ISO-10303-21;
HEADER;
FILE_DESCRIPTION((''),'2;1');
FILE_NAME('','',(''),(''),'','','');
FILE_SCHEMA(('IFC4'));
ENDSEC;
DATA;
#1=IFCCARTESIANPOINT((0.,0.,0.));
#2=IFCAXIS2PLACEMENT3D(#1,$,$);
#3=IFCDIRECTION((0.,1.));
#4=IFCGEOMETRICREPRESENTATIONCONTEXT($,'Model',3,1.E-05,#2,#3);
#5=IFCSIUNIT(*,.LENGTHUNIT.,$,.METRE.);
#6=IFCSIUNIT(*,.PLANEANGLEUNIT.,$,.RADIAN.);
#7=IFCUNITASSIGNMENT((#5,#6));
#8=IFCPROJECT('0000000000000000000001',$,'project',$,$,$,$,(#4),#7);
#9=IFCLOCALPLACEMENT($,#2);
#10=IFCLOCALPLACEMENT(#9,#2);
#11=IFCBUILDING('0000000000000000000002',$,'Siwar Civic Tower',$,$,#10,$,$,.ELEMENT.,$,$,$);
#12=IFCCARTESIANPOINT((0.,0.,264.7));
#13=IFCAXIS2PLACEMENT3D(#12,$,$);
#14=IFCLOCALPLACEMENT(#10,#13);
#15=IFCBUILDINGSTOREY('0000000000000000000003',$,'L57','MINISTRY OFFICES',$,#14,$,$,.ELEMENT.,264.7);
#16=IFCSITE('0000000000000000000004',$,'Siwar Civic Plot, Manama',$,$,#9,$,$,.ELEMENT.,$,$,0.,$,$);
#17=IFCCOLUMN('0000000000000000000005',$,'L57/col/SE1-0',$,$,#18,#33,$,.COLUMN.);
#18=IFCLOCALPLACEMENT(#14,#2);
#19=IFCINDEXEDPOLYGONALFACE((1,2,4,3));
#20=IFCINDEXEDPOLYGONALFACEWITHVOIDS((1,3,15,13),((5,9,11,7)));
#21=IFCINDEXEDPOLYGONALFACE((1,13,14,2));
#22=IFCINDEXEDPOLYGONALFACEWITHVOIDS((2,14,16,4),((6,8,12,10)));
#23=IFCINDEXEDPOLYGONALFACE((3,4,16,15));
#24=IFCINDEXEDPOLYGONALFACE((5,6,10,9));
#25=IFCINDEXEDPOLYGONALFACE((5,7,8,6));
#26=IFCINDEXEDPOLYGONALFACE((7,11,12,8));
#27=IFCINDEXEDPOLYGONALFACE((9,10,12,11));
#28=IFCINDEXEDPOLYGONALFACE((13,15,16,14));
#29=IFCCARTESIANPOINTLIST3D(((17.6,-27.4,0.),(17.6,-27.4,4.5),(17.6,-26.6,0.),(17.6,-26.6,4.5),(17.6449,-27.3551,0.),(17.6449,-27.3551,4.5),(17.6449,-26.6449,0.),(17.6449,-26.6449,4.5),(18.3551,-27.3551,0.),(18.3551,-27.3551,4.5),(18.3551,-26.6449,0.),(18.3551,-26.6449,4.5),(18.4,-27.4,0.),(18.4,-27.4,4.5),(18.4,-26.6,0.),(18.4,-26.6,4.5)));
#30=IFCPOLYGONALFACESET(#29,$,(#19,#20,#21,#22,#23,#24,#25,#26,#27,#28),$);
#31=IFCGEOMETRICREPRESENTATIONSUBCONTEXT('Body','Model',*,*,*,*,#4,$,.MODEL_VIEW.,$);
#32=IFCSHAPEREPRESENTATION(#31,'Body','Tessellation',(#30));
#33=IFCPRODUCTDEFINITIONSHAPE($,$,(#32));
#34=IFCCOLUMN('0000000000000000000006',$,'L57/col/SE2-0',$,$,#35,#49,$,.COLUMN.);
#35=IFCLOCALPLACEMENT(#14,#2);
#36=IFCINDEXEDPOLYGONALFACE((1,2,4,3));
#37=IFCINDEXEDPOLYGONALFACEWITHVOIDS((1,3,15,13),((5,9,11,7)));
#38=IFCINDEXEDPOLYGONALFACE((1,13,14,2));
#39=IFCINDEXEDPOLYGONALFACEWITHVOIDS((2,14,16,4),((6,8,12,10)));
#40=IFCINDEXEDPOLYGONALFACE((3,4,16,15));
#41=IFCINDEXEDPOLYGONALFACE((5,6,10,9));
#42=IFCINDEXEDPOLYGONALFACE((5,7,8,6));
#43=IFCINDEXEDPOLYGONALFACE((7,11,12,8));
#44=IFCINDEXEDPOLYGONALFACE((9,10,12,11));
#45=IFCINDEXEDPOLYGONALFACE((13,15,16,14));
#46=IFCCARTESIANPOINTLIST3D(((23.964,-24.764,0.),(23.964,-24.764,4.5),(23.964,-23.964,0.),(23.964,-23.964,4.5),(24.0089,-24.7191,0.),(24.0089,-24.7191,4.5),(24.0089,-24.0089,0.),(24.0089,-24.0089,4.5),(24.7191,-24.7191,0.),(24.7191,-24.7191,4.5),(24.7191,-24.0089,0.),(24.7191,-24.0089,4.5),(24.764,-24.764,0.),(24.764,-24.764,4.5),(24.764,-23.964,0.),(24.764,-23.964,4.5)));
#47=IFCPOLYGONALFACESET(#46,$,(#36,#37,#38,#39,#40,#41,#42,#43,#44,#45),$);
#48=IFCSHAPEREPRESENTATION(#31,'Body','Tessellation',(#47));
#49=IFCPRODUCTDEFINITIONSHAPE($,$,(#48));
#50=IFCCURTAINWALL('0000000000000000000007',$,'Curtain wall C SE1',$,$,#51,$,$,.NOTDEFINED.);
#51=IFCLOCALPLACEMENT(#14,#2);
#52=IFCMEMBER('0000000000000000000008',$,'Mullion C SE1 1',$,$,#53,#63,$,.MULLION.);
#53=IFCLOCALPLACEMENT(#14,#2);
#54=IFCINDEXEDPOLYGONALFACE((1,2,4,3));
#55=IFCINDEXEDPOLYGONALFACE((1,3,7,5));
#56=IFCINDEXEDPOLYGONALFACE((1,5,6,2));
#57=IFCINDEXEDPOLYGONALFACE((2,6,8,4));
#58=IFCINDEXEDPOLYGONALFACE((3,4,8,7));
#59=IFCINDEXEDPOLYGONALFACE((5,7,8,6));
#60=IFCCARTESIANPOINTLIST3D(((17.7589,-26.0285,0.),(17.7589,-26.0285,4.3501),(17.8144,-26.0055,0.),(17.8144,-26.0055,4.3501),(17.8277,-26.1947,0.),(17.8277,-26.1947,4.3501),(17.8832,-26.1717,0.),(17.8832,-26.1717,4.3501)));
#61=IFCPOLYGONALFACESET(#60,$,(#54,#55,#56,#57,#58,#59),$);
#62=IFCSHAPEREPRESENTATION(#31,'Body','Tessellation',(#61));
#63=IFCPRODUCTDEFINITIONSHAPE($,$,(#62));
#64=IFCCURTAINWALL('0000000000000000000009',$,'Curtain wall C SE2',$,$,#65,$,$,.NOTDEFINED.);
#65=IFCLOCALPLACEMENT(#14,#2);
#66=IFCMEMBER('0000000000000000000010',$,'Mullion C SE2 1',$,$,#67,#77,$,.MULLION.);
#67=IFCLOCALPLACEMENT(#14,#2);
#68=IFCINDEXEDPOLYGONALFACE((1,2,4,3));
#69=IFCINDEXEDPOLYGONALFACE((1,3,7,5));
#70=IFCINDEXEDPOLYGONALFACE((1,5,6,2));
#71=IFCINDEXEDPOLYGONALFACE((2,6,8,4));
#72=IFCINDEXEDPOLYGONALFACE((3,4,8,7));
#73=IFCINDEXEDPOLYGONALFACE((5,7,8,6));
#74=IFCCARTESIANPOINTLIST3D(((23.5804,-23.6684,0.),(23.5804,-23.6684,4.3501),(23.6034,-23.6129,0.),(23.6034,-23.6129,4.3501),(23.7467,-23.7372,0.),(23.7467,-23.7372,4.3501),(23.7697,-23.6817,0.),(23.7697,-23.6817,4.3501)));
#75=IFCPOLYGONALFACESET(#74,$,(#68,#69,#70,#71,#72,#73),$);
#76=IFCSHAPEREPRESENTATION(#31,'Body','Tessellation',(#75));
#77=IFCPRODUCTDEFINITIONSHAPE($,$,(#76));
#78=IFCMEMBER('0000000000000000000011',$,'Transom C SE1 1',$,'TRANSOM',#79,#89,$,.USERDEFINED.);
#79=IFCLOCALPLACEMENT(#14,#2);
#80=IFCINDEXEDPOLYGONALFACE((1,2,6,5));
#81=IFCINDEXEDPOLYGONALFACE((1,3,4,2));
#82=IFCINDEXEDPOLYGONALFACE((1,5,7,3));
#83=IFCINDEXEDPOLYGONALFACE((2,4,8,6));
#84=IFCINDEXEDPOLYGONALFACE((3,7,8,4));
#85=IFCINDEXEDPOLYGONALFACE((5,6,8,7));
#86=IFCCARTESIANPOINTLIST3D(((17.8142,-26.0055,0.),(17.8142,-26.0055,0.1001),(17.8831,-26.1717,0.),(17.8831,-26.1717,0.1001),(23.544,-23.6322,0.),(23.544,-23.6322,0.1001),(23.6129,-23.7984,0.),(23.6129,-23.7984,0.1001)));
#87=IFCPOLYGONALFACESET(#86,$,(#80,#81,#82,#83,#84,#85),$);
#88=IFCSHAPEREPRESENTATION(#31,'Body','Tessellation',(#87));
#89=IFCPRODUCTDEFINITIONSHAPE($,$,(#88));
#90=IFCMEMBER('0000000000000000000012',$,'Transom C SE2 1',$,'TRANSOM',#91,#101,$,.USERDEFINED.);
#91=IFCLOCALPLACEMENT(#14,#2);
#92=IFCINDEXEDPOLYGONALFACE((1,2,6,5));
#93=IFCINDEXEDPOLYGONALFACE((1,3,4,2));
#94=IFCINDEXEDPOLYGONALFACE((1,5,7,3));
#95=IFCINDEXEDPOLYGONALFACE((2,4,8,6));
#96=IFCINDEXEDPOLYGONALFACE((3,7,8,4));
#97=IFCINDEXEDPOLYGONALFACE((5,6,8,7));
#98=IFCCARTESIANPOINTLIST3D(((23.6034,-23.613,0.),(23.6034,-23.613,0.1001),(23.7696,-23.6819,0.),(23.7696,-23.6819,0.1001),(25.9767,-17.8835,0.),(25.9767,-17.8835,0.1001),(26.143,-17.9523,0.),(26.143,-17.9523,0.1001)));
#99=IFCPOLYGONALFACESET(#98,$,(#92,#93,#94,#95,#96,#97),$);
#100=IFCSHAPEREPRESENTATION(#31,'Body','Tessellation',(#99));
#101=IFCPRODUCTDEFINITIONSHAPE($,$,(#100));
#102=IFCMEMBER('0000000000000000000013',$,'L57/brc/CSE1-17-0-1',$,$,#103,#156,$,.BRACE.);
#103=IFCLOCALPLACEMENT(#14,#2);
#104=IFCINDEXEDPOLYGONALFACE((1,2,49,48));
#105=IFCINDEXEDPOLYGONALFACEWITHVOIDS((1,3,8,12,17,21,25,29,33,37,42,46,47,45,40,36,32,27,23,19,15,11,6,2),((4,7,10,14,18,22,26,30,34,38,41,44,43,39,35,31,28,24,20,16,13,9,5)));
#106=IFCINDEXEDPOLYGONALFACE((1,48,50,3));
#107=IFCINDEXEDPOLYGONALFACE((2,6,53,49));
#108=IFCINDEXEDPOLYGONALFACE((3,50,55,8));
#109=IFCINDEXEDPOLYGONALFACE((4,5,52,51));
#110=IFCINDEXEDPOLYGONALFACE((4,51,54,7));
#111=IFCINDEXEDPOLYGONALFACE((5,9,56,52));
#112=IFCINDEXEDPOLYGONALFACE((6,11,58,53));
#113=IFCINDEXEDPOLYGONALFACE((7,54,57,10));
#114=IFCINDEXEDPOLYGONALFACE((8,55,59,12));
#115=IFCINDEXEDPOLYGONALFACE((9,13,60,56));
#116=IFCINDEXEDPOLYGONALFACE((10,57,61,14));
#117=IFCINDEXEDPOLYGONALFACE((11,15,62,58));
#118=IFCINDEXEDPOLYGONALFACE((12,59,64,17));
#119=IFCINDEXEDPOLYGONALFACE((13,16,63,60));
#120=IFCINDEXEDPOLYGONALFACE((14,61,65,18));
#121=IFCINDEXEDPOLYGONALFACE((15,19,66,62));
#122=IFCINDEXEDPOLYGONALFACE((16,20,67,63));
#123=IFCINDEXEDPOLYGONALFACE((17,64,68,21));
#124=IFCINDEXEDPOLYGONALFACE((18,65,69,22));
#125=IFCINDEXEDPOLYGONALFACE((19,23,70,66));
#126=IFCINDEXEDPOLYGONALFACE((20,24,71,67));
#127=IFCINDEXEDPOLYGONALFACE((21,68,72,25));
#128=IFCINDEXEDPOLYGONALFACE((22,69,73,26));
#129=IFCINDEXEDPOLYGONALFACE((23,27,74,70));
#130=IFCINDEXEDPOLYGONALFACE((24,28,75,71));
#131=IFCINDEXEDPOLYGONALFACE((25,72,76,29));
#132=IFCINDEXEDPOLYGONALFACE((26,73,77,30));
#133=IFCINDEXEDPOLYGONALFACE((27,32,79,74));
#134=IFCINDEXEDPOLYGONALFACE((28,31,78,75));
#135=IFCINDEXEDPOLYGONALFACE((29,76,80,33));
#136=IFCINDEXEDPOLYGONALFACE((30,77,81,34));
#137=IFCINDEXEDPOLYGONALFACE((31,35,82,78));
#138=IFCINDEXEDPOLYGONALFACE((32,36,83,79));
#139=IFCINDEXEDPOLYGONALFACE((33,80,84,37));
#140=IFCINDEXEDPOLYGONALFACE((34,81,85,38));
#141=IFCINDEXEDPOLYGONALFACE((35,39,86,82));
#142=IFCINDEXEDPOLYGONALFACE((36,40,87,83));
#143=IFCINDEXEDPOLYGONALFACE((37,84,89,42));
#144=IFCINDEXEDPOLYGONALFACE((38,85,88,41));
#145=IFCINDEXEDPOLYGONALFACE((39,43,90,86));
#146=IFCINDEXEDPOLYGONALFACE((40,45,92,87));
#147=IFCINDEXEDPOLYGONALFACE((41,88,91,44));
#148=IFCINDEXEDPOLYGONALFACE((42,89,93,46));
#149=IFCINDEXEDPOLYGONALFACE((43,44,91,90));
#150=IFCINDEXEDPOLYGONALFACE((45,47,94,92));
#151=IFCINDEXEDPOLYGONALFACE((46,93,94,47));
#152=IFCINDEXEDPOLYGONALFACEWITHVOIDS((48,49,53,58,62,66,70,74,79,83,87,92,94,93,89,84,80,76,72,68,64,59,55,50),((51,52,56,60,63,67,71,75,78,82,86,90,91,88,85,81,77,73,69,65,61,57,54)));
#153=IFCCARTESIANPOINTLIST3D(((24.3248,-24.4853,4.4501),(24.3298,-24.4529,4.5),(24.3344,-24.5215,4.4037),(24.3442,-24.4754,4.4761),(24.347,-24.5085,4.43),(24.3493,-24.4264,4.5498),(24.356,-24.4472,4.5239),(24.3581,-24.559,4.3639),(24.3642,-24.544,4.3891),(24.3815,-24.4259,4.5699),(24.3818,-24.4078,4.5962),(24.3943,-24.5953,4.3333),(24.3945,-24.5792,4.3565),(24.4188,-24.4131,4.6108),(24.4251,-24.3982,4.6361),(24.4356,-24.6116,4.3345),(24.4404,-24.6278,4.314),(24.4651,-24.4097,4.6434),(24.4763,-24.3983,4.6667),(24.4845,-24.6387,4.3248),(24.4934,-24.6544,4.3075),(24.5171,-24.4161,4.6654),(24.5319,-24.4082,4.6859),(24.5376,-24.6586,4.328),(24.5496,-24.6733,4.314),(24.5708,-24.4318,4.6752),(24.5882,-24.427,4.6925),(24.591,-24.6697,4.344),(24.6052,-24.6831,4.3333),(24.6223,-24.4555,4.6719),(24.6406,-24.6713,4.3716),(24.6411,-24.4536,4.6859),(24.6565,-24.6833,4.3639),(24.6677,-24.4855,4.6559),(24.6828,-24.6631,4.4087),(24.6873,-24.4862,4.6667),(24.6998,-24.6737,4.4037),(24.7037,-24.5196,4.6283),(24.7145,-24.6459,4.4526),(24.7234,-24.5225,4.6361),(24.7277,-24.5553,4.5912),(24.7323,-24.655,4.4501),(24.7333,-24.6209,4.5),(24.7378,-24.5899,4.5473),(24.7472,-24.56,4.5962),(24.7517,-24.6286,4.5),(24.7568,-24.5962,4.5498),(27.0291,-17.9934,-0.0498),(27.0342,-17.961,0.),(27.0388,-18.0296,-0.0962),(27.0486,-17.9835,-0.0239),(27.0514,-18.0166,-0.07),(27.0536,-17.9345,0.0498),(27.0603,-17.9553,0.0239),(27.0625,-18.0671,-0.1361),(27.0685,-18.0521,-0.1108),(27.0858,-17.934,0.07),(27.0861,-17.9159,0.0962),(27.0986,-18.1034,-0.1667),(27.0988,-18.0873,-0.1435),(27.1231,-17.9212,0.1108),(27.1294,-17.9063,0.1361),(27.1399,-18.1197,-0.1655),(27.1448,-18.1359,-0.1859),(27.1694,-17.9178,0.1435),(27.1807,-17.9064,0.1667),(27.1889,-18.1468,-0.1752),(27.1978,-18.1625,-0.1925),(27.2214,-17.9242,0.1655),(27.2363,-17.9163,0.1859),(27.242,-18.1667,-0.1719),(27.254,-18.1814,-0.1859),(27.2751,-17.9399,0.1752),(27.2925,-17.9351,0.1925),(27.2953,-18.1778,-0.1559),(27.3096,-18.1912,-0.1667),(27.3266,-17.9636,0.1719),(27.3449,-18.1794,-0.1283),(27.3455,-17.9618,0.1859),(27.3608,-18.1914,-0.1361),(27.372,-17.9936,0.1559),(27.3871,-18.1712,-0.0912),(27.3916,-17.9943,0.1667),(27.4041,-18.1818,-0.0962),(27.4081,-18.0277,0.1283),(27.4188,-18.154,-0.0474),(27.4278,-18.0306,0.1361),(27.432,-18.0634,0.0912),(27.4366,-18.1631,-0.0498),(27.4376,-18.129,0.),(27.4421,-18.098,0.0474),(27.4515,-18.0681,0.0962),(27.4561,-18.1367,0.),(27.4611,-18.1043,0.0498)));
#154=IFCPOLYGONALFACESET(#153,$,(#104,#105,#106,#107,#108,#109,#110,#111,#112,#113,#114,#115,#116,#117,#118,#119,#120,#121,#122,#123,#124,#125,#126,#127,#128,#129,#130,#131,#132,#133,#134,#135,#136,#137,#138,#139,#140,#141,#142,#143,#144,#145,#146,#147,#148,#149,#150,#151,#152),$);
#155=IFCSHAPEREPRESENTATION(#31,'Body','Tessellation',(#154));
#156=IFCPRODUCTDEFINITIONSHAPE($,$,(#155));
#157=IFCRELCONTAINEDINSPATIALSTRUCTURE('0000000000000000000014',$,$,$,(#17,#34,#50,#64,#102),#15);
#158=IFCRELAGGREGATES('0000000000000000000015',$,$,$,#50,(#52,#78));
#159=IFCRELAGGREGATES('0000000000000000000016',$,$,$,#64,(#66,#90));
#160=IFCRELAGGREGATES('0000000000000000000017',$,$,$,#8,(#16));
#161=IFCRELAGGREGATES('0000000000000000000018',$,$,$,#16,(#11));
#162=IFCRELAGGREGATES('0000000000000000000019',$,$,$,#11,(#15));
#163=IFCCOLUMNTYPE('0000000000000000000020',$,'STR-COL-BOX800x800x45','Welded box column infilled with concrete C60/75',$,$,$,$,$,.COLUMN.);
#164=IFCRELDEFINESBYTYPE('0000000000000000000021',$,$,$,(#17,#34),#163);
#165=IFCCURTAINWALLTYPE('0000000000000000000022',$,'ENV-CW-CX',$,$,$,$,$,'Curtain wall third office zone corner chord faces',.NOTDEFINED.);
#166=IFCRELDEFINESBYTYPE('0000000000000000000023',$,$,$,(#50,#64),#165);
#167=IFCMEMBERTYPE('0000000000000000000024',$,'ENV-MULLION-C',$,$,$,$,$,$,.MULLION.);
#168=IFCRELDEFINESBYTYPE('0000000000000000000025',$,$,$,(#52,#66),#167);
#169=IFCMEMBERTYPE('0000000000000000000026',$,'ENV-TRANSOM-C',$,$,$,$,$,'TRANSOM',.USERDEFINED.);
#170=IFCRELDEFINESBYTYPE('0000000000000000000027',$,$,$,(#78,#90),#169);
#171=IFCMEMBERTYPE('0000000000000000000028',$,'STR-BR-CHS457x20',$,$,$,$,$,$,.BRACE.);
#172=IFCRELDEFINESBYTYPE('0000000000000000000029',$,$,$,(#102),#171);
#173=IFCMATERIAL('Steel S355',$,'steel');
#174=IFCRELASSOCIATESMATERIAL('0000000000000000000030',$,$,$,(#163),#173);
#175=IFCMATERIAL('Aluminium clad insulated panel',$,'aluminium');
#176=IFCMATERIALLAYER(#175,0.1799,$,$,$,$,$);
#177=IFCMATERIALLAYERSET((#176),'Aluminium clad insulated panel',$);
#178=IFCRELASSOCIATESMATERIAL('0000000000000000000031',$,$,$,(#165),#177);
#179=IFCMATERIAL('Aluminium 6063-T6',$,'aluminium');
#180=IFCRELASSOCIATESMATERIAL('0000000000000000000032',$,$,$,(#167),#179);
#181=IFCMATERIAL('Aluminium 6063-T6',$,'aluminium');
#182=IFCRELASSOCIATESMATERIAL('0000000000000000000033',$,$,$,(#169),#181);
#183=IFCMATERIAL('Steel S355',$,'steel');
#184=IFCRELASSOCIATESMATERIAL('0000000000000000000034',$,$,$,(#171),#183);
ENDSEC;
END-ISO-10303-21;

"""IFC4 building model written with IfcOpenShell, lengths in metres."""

from ifc_helpers import new_model, si_unit, direction, frame, origin, origin_2d, place, context, subcontext, project, spatial, rectangle, hollow_rectangle, hollow_circle, extrude, material, layer, layer_set, material_profile, profile_set, type_object, element, aggregate, save


model = new_model("IFC4")

# Units and contexts
model_context = context("Model", 3, precision=1e-05, world=origin(), true_north=direction((0.0, 1.0)))
body_context = subcontext(model_context, "Body", "Model", "MODEL_VIEW")
ifc_project = project(units=[si_unit("LENGTHUNIT", "METRE"), si_unit("PLANEANGLEUNIT", "RADIAN")], contexts=[model_context])

# Site, building, storey
site_placement = place(None, origin())
site = spatial("IfcSite", under=ifc_project, at=site_placement, Name="Siwar Civic Plot, Manama", CompositionType="ELEMENT", RefElevation=0.0)
building_placement = place(site_placement, origin())
building = spatial("IfcBuilding", under=site, at=building_placement, Name="Siwar Civic Tower", CompositionType="ELEMENT")
storey_placement = place(building_placement, frame((0.0, 0.0, 264.7)))
storey = spatial("IfcBuildingStorey", under=building, at=storey_placement, Name="L57", Description="MINISTRY OFFICES", CompositionType="ELEMENT", Elevation=264.7)

# Columns
ifc_material_1 = material(Name="Steel S355", Category="steel")
ifc_material_profile_1 = material_profile(ifc_material_1, hollow_rectangle(XDim=0.8, YDim=0.8, WallThickness=0.0449, at=origin_2d()), Name="BOX800x800x45")
ifc_profile_set_1 = profile_set([ifc_material_profile_1], Name="Steel S355")
column_type = type_object("IfcColumnType", Name="STR-COL-BOX800x800x45", Description="Welded box column infilled with concrete C60/75", PredefinedType="COLUMN", material=ifc_profile_set_1)
for number, where, z_axis, x_axis, name in (
    (1, (18.0, -27.0, 0.0), (0.0, 0.0, 1.0), (1.0, 0.0, 0.0), "L57/col/SE1-0"),
    (2, (24.364, -24.364, 0.0), (0.0, 0.0, 1.0), (1.0, 0.0, 0.0), "L57/col/SE2-0"),
):
    element("IfcColumn", number, at=place(storey_placement, frame(where, z_axis=z_axis, x_axis=x_axis)), inside=storey, type_object=column_type, Name=name, PredefinedType="COLUMN", context=body_context, shape_type="SweptSolid", body=[
        extrude(hollow_rectangle(XDim=0.8, YDim=0.8, WallThickness=0.0449, at=origin_2d()), origin(), (0.0, 0.0, 1.0), 4.5),
    ])

# Curtain walls, members
ifc_material_2 = material(Name="Aluminium clad insulated panel", Category="aluminium")
ifc_layer_1 = layer(ifc_material_2, 0.1799)
ifc_layer_set_1 = layer_set([ifc_layer_1], Name="Aluminium clad insulated panel")
curtain_wall_type = type_object("IfcCurtainWallType", Name="ENV-CW-CX", ElementType="Curtain wall third office zone corner chord faces", PredefinedType="NOTDEFINED", material=ifc_layer_set_1)
curtain_wall_1_placement = place(storey_placement, origin())
curtain_wall_1 = element("IfcCurtainWall", 3, at=curtain_wall_1_placement, inside=storey, type_object=curtain_wall_type, Name="Curtain wall C SE1", PredefinedType="NOTDEFINED")
ifc_material_3 = material(Name="Aluminium 6063-T6", Category="aluminium")
ifc_material_profile_2 = material_profile(ifc_material_3, rectangle(XDim=0.1799, YDim=0.0601, at=origin_2d()), Name="AL 180x60")
ifc_profile_set_2 = profile_set([ifc_material_profile_2], Name="Aluminium 6063-T6")
member_type_1 = type_object("IfcMemberType", Name="ENV-MULLION-C", PredefinedType="MULLION", material=ifc_profile_set_2)
member_1_placement = place(storey_placement, frame((17.821, -26.1001, 0.0), z_axis=(0.0, 0.0, 1.0), x_axis=(-0.382683, 0.92388, 0.0)))
member_1 = element("IfcMember", 4, at=member_1_placement, type_object=member_type_1, Name="Mullion C SE1 1", PredefinedType="MULLION", context=body_context, shape_type="SweptSolid", body=[
    extrude(rectangle(XDim=0.1799, YDim=0.0601, at=origin_2d()), origin(), (0.0, 0.0, 1.0), 4.3501),
])
curtain_wall_2_placement = place(storey_placement, origin())
curtain_wall_2 = element("IfcCurtainWall", 5, at=curtain_wall_2_placement, inside=storey, type_object=curtain_wall_type, Name="Curtain wall C SE2", PredefinedType="NOTDEFINED")
member_2_placement = place(storey_placement, frame((23.675, -23.675, 0.0), z_axis=(0.0, 0.0, 1.0), x_axis=(-0.92388, 0.382683, 0.0)))
member_2 = element("IfcMember", 6, at=member_2_placement, type_object=member_type_1, Name="Mullion C SE2 1", PredefinedType="MULLION", context=body_context, shape_type="SweptSolid", body=[
    extrude(rectangle(XDim=0.1799, YDim=0.0601, at=origin_2d()), origin(), (0.0, 0.0, 1.0), 4.3501),
])

# Members
ifc_material_4 = material(Name="Aluminium 6063-T6", Category="aluminium")
ifc_material_profile_3 = material_profile(ifc_material_4, rectangle(XDim=0.1799, YDim=0.1001, at=origin_2d()), Name="AL 180x100")
ifc_profile_set_3 = profile_set([ifc_material_profile_3], Name="Aluminium 6063-T6")
member_type_2 = type_object("IfcMemberType", Name="ENV-TRANSOM-C", ElementType="TRANSOM", PredefinedType="USERDEFINED", material=ifc_profile_set_3)
member_3_placement = place(storey_placement, frame((17.8486, -26.0886, 0.05), z_axis=(0.923882, 0.382677, 0.0), x_axis=(-0.382677, 0.923882, 0.0)))
member_3 = element("IfcMember", 7, at=member_3_placement, type_object=member_type_2, Name="Transom C SE1 1", ObjectType="TRANSOM", PredefinedType="USERDEFINED", context=body_context, shape_type="SweptSolid", body=[
    extrude(rectangle(XDim=0.1799, YDim=0.1001, at=origin_2d()), origin(), (0.0, 0.0, 1.0), 6.2019),
])
member_4_placement = place(storey_placement, frame((23.6865, -23.6475, 0.05), z_axis=(0.382691, 0.923876, 0.0), x_axis=(-0.923876, 0.382691, 0.0)))
member_4 = element("IfcMember", 8, at=member_4_placement, type_object=member_type_2, Name="Transom C SE2 1", ObjectType="TRANSOM", PredefinedType="USERDEFINED", context=body_context, shape_type="SweptSolid", body=[
    extrude(rectangle(XDim=0.1799, YDim=0.1001, at=origin_2d()), origin(), (0.0, 0.0, 1.0), 6.2017),
])

# Member
ifc_material_5 = material(Name="Steel S355", Category="steel")
ifc_material_profile_4 = material_profile(ifc_material_5, hollow_circle(Radius=0.2285, WallThickness=0.02, at=origin_2d()), Name="CHS457x20")
ifc_profile_set_4 = profile_set([ifc_material_profile_4], Name="Steel S355")
member_type_3 = type_object("IfcMemberType", Name="STR-BR-CHS457x20", PredefinedType="BRACE", material=ifc_profile_set_4)
member_5_placement = place(storey_placement, frame((27.2451, -18.0488, 0.0), z_axis=(-0.323906, -0.777555, 0.538975), x_axis=(0.923109, -0.384539, 0.0)))
element("IfcMember", 9, at=member_5_placement, inside=storey, type_object=member_type_3, Name="L57/brc/CSE1-17-0-1", PredefinedType="BRACE", context=body_context, shape_type="SweptSolid", body=[
    extrude(hollow_circle(Radius=0.2285, WallThickness=0.02, at=origin_2d()), origin(), (0.0, 0.0, 1.0), 8.3491),
])

aggregate(curtain_wall_1, [member_1, member_3])
aggregate(curtain_wall_2, [member_2, member_4])

save(model, "model.ifc")
